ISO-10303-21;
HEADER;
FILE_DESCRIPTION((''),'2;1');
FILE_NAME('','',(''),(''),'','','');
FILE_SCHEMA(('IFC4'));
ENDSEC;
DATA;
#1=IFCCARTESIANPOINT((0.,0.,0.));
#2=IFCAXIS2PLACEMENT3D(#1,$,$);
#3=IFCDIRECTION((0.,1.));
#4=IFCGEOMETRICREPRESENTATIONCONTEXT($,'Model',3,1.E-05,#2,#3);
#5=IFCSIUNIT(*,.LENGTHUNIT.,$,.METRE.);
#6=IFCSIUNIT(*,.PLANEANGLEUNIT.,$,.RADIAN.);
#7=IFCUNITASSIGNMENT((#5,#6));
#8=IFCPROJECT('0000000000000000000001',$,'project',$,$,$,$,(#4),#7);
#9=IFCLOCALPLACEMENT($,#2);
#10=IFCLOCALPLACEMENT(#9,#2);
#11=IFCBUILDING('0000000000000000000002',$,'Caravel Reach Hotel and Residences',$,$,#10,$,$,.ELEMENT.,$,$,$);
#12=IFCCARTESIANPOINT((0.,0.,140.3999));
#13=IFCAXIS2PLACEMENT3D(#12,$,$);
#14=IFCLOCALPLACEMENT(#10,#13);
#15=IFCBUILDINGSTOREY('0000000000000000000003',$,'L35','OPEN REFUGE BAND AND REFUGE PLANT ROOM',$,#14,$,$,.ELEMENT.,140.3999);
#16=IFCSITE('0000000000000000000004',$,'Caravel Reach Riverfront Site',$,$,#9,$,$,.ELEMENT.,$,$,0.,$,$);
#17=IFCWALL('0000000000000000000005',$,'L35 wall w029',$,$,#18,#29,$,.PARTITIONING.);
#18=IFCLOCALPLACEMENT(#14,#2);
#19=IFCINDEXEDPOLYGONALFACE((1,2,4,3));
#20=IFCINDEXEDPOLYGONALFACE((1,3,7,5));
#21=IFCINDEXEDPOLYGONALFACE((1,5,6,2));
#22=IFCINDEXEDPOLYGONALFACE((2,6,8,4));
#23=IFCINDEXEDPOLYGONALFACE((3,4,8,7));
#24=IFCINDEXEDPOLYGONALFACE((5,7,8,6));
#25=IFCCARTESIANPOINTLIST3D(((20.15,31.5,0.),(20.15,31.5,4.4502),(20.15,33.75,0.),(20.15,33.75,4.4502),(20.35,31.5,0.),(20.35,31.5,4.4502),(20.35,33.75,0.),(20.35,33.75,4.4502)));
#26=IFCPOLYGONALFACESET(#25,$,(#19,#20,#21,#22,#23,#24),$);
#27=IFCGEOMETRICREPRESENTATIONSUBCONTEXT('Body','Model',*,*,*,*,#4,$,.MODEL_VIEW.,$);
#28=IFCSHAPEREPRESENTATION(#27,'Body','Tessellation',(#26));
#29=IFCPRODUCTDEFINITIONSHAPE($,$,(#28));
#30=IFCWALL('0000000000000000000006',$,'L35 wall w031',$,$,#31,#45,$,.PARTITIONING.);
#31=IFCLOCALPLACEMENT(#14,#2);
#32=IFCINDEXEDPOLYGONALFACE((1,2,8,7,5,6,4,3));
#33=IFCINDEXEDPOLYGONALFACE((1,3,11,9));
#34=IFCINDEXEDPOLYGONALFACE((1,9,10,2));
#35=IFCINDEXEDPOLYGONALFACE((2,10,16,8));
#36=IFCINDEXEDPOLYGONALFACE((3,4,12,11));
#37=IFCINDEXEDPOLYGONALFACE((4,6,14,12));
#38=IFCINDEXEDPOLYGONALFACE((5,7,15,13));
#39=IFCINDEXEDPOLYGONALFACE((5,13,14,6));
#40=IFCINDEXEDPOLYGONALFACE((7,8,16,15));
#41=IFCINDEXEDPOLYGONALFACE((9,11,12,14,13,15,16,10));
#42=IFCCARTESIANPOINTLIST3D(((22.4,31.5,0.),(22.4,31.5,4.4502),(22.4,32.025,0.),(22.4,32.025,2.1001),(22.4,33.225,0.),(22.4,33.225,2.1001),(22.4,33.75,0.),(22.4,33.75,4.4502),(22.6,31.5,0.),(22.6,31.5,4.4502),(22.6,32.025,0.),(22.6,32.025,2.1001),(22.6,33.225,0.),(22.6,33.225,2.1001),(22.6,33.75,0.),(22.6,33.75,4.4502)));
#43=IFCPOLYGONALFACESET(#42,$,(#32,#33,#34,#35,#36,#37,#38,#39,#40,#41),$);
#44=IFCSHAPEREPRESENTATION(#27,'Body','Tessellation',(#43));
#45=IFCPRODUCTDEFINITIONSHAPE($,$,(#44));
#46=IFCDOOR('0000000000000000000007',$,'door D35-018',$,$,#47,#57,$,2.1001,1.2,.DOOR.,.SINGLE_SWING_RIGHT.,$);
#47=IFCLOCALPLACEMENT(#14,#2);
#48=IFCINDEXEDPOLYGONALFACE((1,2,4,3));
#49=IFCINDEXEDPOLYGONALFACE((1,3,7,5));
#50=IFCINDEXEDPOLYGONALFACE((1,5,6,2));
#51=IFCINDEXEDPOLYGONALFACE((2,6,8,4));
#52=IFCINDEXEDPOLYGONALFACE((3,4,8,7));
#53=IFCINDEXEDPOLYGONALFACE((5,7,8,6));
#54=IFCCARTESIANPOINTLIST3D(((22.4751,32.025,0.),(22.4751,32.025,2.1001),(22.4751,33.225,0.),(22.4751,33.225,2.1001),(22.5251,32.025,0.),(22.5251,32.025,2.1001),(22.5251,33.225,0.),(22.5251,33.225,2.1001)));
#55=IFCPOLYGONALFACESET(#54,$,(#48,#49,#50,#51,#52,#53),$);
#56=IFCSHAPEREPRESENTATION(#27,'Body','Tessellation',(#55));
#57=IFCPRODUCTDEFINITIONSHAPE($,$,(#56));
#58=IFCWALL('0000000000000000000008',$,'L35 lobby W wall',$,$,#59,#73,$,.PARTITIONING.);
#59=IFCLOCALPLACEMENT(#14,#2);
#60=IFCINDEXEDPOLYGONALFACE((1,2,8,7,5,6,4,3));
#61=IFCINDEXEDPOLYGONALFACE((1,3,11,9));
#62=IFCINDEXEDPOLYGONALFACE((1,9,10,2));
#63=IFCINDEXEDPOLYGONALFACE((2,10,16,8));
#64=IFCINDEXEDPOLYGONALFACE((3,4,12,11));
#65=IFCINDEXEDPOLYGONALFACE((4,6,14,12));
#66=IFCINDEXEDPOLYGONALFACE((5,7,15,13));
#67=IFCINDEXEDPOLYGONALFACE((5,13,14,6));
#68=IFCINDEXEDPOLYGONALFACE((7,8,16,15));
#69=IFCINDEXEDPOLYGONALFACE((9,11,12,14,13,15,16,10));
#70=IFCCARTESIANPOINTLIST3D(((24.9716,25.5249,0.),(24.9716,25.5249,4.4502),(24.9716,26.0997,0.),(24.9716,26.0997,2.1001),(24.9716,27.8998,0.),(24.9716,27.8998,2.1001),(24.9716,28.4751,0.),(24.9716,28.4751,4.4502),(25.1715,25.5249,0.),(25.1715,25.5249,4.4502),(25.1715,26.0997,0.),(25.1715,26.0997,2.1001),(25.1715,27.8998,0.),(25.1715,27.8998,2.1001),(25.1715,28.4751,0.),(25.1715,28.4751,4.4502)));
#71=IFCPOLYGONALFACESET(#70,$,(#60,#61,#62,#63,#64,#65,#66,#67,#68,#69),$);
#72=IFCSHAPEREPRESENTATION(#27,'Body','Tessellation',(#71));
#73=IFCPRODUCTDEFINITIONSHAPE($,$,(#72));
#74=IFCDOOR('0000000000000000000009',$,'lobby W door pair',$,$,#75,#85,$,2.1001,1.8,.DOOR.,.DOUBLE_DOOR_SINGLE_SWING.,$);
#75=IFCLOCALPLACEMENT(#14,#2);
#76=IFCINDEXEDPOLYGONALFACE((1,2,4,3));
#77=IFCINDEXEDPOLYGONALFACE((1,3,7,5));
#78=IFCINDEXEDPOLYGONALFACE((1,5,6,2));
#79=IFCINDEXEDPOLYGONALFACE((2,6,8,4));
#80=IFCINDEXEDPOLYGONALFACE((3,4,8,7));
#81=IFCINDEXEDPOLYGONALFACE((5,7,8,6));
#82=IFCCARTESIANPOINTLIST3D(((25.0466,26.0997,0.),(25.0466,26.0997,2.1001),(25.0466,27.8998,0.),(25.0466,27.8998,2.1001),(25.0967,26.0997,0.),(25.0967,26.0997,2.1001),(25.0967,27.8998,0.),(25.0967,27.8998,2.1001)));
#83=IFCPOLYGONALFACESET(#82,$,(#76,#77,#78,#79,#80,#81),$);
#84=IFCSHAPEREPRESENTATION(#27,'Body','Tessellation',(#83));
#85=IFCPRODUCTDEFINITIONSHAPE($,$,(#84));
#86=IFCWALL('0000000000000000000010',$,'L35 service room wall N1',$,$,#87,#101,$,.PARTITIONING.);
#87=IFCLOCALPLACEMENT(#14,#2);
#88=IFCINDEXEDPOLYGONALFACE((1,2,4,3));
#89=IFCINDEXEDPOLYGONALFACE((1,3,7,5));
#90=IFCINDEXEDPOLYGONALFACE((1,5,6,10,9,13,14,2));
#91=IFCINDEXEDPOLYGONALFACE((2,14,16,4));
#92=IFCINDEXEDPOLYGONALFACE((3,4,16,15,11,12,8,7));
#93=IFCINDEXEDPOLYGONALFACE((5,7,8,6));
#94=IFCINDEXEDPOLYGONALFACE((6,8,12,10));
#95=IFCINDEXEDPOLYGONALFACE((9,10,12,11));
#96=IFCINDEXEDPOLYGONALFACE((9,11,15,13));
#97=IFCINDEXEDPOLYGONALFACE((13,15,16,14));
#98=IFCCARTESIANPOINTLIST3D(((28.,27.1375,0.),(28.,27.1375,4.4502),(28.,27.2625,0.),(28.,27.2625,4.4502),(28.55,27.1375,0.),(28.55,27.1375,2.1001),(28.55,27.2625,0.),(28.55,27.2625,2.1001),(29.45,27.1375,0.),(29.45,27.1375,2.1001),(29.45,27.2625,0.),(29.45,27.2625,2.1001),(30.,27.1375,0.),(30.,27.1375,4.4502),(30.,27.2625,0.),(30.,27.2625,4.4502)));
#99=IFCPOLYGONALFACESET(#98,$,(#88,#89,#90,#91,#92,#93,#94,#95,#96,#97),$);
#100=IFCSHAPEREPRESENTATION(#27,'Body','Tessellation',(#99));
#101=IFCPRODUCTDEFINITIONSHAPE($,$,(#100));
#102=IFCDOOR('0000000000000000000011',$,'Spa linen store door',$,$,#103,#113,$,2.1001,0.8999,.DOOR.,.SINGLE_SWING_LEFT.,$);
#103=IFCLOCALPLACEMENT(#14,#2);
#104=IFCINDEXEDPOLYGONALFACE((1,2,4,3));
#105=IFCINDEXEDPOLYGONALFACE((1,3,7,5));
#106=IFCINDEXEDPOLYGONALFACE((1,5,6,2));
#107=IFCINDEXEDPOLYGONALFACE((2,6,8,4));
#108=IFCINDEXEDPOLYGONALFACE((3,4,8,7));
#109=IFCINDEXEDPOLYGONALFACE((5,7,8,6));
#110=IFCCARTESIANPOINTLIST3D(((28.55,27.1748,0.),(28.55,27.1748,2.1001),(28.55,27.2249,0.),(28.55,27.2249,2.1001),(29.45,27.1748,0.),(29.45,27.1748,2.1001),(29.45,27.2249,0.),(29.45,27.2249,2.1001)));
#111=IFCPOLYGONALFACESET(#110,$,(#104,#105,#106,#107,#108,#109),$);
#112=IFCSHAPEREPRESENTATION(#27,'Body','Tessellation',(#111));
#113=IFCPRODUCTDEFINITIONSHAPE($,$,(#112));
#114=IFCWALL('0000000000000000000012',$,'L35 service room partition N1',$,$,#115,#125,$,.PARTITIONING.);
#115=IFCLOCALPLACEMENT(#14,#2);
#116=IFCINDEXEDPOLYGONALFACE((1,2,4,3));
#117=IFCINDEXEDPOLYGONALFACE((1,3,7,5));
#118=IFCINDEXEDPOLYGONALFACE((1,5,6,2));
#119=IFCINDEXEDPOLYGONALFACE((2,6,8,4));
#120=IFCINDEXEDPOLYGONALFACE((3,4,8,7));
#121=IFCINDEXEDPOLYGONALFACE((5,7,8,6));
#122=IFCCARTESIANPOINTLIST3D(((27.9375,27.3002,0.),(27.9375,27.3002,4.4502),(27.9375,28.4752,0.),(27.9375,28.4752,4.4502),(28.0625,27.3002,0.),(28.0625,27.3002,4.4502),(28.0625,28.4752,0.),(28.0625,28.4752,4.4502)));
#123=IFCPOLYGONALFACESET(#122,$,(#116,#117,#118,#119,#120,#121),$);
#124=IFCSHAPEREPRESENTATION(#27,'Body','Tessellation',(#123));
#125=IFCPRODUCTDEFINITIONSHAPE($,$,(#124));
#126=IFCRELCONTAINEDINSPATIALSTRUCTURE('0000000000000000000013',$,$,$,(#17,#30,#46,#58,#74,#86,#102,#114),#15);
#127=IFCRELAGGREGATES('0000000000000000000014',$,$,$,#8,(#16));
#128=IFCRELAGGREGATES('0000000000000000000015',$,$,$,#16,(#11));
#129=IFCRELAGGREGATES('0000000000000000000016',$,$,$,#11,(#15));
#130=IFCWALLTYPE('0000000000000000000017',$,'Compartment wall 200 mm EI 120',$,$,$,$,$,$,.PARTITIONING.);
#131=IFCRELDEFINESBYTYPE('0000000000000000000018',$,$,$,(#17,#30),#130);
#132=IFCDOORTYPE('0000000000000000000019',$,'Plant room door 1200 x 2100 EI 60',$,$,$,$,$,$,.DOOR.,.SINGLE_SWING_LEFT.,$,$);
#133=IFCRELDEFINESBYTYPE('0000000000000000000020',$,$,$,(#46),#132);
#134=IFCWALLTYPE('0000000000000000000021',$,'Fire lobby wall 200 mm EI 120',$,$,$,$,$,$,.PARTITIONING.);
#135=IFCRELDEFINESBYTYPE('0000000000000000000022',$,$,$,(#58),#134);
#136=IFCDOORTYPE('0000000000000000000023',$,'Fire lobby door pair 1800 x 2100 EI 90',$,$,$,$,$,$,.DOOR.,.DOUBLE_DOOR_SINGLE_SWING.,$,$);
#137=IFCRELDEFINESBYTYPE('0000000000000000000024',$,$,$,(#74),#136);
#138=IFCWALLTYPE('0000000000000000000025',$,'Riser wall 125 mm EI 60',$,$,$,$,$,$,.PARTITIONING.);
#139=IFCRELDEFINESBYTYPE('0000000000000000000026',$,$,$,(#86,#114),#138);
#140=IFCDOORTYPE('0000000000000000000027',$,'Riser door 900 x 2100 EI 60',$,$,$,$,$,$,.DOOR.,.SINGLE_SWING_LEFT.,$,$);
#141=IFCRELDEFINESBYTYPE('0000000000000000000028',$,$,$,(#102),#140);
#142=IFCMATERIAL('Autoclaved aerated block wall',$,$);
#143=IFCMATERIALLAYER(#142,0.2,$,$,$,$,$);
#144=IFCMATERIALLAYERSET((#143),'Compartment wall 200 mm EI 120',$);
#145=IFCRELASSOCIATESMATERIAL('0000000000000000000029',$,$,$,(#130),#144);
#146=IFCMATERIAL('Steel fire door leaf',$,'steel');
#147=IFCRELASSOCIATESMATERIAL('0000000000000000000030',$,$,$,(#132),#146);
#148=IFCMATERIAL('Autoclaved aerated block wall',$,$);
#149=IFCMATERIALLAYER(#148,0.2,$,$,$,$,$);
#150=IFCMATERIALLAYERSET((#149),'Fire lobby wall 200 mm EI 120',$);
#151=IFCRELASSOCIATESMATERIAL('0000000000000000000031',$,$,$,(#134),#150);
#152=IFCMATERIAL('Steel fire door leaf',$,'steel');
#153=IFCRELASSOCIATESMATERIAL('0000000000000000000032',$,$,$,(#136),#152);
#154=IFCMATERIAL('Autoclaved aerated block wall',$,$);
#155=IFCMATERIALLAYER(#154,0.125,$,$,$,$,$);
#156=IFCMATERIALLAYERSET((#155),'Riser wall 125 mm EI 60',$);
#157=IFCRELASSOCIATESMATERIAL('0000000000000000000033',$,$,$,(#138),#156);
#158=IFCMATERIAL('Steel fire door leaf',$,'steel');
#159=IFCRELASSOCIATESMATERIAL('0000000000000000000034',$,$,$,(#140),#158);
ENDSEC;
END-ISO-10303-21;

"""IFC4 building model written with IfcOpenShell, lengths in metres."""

from ifc_helpers import new_model, si_unit, direction, frame, frame_2d, origin, place, context, subcontext, project, spatial, rectangle, extrude, material, layer, layer_set, type_object, element, fill, save


model = new_model("IFC4")

# Units and contexts
model_context = context("Model", 3, precision=1e-05, world=origin(), true_north=direction((0.0, 1.0)))
body_context = subcontext(model_context, "Body", "Model", "MODEL_VIEW")
ifc_project = project(units=[si_unit("LENGTHUNIT", "METRE"), si_unit("PLANEANGLEUNIT", "RADIAN")], contexts=[model_context])

# Site, building, storey
site_placement = place(None, origin())
site = spatial("IfcSite", under=ifc_project, at=site_placement, Name="Caravel Reach Riverfront Site", CompositionType="ELEMENT", RefElevation=0.0)
building_placement = place(site_placement, origin())
building = spatial("IfcBuilding", under=site, at=building_placement, Name="Caravel Reach Hotel and Residences", CompositionType="ELEMENT")
storey_placement = place(building_placement, frame((0.0, 0.0, 140.3999)))
storey = spatial("IfcBuildingStorey", under=building, at=storey_placement, Name="L35", Description="OPEN REFUGE BAND AND REFUGE PLANT ROOM", CompositionType="ELEMENT", Elevation=140.3999)

# Wall
ifc_material_1 = material(Name="Autoclaved aerated block wall")
ifc_layer_1 = layer(ifc_material_1, 0.2)
ifc_layer_set_1 = layer_set([ifc_layer_1], Name="Compartment wall 200 mm EI 120")
wall_type_1 = type_object("IfcWallType", Name="Compartment wall 200 mm EI 120", PredefinedType="PARTITIONING", material=ifc_layer_set_1)
wall_1_placement = place(storey_placement, frame((20.25, 31.5, 0.0), z_axis=(0.0, 0.0, 1.0), x_axis=(0.0, 1.0, 0.0)))
element("IfcWall", 1, at=wall_1_placement, inside=storey, type_object=wall_type_1, Name="L35 wall w029", PredefinedType="PARTITIONING", context=body_context, shape_type="SweptSolid", body=[
    extrude(rectangle(XDim=2.25, YDim=0.2, at=frame_2d((1.125, 0.0))), origin(), (0.0, 0.0, 1.0), 4.4502),
])

# Walls, openings, doors
wall_2_placement = place(storey_placement, frame((22.5, 31.5, 0.0), z_axis=(0.0, 0.0, 1.0), x_axis=(0.0, 1.0, 0.0)))
wall_2 = element("IfcWall", 2, at=wall_2_placement, inside=storey, type_object=wall_type_1, Name="L35 wall w031", PredefinedType="PARTITIONING", context=body_context, shape_type="SweptSolid", body=[
    extrude(rectangle(XDim=2.25, YDim=0.2, at=frame_2d((1.125, 0.0))), origin(), (0.0, 0.0, 1.0), 4.4502),
])
opening_1_placement = place(wall_2_placement, frame((0.5249, 0.0, 0.0)))
opening_1 = element("IfcOpeningElement", 3, at=opening_1_placement, cuts=wall_2, PredefinedType="OPENING", context=body_context, shape_type="SweptSolid", body=[
    extrude(rectangle(XDim=1.2, YDim=2.1001, at=frame_2d((0.6001, 1.05))), frame((0.0, 0.1099, 0.0), z_axis=(0.0, -1.0, 0.0), x_axis=(1.0, 0.0, 0.0)), (0.0, 0.0, 1.0), 0.22),
])
ifc_material_2 = material(Name="Steel fire door leaf", Category="steel")
door_type_1 = type_object("IfcDoorType", Name="Plant room door 1200 x 2100 EI 60", OperationType="SINGLE_SWING_LEFT", PredefinedType="DOOR", material=ifc_material_2)
door_1_placement = place(opening_1_placement, origin())
door_1 = element("IfcDoor", 4, at=door_1_placement, inside=storey, type_object=door_type_1, Name="door D35-018", OperationType="SINGLE_SWING_RIGHT", OverallHeight=2.1001, OverallWidth=1.2, PredefinedType="DOOR", context=body_context, shape_type="SweptSolid", body=[
    extrude(rectangle(XDim=1.2, YDim=2.1001, at=frame_2d((0.6001, 1.05))), frame((0.0, 0.0249, 0.0), z_axis=(0.0, -1.0, 0.0), x_axis=(1.0, 0.0, 0.0)), (0.0, 0.0, 1.0), 0.05),
])
fill(opening_1, door_1)
ifc_material_3 = material(Name="Autoclaved aerated block wall")
ifc_layer_2 = layer(ifc_material_3, 0.2)
ifc_layer_set_2 = layer_set([ifc_layer_2], Name="Fire lobby wall 200 mm EI 120")
wall_type_2 = type_object("IfcWallType", Name="Fire lobby wall 200 mm EI 120", PredefinedType="PARTITIONING", material=ifc_layer_set_2)
wall_3_placement = place(storey_placement, frame((25.0715, 25.5249, 0.0), z_axis=(0.0, 0.0, 1.0), x_axis=(0.0, 1.0, 0.0)))
wall_3 = element("IfcWall", 5, at=wall_3_placement, inside=storey, type_object=wall_type_2, Name="L35 lobby W wall", PredefinedType="PARTITIONING", context=body_context, shape_type="SweptSolid", body=[
    extrude(rectangle(XDim=2.9502, YDim=0.2, at=frame_2d((1.4751, 0.0))), origin(), (0.0, 0.0, 1.0), 4.4502),
])
opening_2_placement = place(wall_3_placement, frame((0.575, 0.0, 0.0)))
opening_2 = element("IfcOpeningElement", 6, at=opening_2_placement, cuts=wall_3, PredefinedType="OPENING", context=body_context, shape_type="SweptSolid", body=[
    extrude(rectangle(XDim=1.8, YDim=2.1001, at=frame_2d((0.8999, 1.05))), frame((0.0, 0.1099, 0.0), z_axis=(0.0, -1.0, 0.0), x_axis=(1.0, 0.0, 0.0)), (0.0, 0.0, 1.0), 0.22),
])
ifc_material_4 = material(Name="Steel fire door leaf", Category="steel")
door_type_2 = type_object("IfcDoorType", Name="Fire lobby door pair 1800 x 2100 EI 90", OperationType="DOUBLE_DOOR_SINGLE_SWING", PredefinedType="DOOR", material=ifc_material_4)
door_2_placement = place(opening_2_placement, origin())
door_2 = element("IfcDoor", 7, at=door_2_placement, inside=storey, type_object=door_type_2, Name="lobby W door pair", OperationType="DOUBLE_DOOR_SINGLE_SWING", OverallHeight=2.1001, OverallWidth=1.8, PredefinedType="DOOR", context=body_context, shape_type="SweptSolid", body=[
    extrude(rectangle(XDim=1.8, YDim=2.1001, at=frame_2d((0.8999, 1.05))), frame((0.0, 0.0249, 0.0), z_axis=(0.0, -1.0, 0.0), x_axis=(1.0, 0.0, 0.0)), (0.0, 0.0, 1.0), 0.05),
])
fill(opening_2, door_2)
ifc_material_5 = material(Name="Autoclaved aerated block wall")
ifc_layer_3 = layer(ifc_material_5, 0.125)
ifc_layer_set_3 = layer_set([ifc_layer_3], Name="Riser wall 125 mm EI 60")
wall_type_3 = type_object("IfcWallType", Name="Riser wall 125 mm EI 60", PredefinedType="PARTITIONING", material=ifc_layer_set_3)
wall_4_placement = place(storey_placement, frame((28.0, 27.2, 0.0), z_axis=(0.0, 0.0, 1.0), x_axis=(1.0, 0.0, 0.0)))
wall_4 = element("IfcWall", 8, at=wall_4_placement, inside=storey, type_object=wall_type_3, Name="L35 service room wall N1", PredefinedType="PARTITIONING", context=body_context, shape_type="SweptSolid", body=[
    extrude(rectangle(XDim=2.0, YDim=0.125, at=frame_2d((1.0, 0.0))), origin(), (0.0, 0.0, 1.0), 4.4502),
])
opening_3_placement = place(wall_4_placement, frame((0.55, 0.0, 0.0)))
opening_3 = element("IfcOpeningElement", 9, at=opening_3_placement, cuts=wall_4, PredefinedType="OPENING", context=body_context, shape_type="SweptSolid", body=[
    extrude(rectangle(XDim=0.8999, YDim=2.1001, at=frame_2d((0.45, 1.05))), frame((0.0, 0.0725, 0.0), z_axis=(0.0, -1.0, 0.0), x_axis=(1.0, 0.0, 0.0)), (0.0, 0.0, 1.0), 0.145),
])
ifc_material_6 = material(Name="Steel fire door leaf", Category="steel")
door_type_3 = type_object("IfcDoorType", Name="Riser door 900 x 2100 EI 60", OperationType="SINGLE_SWING_LEFT", PredefinedType="DOOR", material=ifc_material_6)
door_3_placement = place(opening_3_placement, origin())
door_3 = element("IfcDoor", 10, at=door_3_placement, inside=storey, type_object=door_type_3, Name="Spa linen store door", OperationType="SINGLE_SWING_LEFT", OverallHeight=2.1001, OverallWidth=0.8999, PredefinedType="DOOR", context=body_context, shape_type="SweptSolid", body=[
    extrude(rectangle(XDim=0.8999, YDim=2.1001, at=frame_2d((0.45, 1.05))), frame((0.0, 0.0249, 0.0), z_axis=(0.0, -1.0, 0.0), x_axis=(1.0, 0.0, 0.0)), (0.0, 0.0, 1.0), 0.05),
])
fill(opening_3, door_3)

# Wall
wall_5_placement = place(storey_placement, frame((28.0, 28.4751, 0.0), z_axis=(0.0, 0.0, 1.0), x_axis=(0.0, -1.0, 0.0)))
element("IfcWall", 11, at=wall_5_placement, inside=storey, type_object=wall_type_3, Name="L35 service room partition N1", PredefinedType="PARTITIONING", context=body_context, shape_type="SweptSolid", body=[
    extrude(rectangle(XDim=1.175, YDim=0.125, at=frame_2d((0.5874, 0.0))), origin(), (0.0, 0.0, 1.0), 4.4502),
])

save(model, "model.ifc")
